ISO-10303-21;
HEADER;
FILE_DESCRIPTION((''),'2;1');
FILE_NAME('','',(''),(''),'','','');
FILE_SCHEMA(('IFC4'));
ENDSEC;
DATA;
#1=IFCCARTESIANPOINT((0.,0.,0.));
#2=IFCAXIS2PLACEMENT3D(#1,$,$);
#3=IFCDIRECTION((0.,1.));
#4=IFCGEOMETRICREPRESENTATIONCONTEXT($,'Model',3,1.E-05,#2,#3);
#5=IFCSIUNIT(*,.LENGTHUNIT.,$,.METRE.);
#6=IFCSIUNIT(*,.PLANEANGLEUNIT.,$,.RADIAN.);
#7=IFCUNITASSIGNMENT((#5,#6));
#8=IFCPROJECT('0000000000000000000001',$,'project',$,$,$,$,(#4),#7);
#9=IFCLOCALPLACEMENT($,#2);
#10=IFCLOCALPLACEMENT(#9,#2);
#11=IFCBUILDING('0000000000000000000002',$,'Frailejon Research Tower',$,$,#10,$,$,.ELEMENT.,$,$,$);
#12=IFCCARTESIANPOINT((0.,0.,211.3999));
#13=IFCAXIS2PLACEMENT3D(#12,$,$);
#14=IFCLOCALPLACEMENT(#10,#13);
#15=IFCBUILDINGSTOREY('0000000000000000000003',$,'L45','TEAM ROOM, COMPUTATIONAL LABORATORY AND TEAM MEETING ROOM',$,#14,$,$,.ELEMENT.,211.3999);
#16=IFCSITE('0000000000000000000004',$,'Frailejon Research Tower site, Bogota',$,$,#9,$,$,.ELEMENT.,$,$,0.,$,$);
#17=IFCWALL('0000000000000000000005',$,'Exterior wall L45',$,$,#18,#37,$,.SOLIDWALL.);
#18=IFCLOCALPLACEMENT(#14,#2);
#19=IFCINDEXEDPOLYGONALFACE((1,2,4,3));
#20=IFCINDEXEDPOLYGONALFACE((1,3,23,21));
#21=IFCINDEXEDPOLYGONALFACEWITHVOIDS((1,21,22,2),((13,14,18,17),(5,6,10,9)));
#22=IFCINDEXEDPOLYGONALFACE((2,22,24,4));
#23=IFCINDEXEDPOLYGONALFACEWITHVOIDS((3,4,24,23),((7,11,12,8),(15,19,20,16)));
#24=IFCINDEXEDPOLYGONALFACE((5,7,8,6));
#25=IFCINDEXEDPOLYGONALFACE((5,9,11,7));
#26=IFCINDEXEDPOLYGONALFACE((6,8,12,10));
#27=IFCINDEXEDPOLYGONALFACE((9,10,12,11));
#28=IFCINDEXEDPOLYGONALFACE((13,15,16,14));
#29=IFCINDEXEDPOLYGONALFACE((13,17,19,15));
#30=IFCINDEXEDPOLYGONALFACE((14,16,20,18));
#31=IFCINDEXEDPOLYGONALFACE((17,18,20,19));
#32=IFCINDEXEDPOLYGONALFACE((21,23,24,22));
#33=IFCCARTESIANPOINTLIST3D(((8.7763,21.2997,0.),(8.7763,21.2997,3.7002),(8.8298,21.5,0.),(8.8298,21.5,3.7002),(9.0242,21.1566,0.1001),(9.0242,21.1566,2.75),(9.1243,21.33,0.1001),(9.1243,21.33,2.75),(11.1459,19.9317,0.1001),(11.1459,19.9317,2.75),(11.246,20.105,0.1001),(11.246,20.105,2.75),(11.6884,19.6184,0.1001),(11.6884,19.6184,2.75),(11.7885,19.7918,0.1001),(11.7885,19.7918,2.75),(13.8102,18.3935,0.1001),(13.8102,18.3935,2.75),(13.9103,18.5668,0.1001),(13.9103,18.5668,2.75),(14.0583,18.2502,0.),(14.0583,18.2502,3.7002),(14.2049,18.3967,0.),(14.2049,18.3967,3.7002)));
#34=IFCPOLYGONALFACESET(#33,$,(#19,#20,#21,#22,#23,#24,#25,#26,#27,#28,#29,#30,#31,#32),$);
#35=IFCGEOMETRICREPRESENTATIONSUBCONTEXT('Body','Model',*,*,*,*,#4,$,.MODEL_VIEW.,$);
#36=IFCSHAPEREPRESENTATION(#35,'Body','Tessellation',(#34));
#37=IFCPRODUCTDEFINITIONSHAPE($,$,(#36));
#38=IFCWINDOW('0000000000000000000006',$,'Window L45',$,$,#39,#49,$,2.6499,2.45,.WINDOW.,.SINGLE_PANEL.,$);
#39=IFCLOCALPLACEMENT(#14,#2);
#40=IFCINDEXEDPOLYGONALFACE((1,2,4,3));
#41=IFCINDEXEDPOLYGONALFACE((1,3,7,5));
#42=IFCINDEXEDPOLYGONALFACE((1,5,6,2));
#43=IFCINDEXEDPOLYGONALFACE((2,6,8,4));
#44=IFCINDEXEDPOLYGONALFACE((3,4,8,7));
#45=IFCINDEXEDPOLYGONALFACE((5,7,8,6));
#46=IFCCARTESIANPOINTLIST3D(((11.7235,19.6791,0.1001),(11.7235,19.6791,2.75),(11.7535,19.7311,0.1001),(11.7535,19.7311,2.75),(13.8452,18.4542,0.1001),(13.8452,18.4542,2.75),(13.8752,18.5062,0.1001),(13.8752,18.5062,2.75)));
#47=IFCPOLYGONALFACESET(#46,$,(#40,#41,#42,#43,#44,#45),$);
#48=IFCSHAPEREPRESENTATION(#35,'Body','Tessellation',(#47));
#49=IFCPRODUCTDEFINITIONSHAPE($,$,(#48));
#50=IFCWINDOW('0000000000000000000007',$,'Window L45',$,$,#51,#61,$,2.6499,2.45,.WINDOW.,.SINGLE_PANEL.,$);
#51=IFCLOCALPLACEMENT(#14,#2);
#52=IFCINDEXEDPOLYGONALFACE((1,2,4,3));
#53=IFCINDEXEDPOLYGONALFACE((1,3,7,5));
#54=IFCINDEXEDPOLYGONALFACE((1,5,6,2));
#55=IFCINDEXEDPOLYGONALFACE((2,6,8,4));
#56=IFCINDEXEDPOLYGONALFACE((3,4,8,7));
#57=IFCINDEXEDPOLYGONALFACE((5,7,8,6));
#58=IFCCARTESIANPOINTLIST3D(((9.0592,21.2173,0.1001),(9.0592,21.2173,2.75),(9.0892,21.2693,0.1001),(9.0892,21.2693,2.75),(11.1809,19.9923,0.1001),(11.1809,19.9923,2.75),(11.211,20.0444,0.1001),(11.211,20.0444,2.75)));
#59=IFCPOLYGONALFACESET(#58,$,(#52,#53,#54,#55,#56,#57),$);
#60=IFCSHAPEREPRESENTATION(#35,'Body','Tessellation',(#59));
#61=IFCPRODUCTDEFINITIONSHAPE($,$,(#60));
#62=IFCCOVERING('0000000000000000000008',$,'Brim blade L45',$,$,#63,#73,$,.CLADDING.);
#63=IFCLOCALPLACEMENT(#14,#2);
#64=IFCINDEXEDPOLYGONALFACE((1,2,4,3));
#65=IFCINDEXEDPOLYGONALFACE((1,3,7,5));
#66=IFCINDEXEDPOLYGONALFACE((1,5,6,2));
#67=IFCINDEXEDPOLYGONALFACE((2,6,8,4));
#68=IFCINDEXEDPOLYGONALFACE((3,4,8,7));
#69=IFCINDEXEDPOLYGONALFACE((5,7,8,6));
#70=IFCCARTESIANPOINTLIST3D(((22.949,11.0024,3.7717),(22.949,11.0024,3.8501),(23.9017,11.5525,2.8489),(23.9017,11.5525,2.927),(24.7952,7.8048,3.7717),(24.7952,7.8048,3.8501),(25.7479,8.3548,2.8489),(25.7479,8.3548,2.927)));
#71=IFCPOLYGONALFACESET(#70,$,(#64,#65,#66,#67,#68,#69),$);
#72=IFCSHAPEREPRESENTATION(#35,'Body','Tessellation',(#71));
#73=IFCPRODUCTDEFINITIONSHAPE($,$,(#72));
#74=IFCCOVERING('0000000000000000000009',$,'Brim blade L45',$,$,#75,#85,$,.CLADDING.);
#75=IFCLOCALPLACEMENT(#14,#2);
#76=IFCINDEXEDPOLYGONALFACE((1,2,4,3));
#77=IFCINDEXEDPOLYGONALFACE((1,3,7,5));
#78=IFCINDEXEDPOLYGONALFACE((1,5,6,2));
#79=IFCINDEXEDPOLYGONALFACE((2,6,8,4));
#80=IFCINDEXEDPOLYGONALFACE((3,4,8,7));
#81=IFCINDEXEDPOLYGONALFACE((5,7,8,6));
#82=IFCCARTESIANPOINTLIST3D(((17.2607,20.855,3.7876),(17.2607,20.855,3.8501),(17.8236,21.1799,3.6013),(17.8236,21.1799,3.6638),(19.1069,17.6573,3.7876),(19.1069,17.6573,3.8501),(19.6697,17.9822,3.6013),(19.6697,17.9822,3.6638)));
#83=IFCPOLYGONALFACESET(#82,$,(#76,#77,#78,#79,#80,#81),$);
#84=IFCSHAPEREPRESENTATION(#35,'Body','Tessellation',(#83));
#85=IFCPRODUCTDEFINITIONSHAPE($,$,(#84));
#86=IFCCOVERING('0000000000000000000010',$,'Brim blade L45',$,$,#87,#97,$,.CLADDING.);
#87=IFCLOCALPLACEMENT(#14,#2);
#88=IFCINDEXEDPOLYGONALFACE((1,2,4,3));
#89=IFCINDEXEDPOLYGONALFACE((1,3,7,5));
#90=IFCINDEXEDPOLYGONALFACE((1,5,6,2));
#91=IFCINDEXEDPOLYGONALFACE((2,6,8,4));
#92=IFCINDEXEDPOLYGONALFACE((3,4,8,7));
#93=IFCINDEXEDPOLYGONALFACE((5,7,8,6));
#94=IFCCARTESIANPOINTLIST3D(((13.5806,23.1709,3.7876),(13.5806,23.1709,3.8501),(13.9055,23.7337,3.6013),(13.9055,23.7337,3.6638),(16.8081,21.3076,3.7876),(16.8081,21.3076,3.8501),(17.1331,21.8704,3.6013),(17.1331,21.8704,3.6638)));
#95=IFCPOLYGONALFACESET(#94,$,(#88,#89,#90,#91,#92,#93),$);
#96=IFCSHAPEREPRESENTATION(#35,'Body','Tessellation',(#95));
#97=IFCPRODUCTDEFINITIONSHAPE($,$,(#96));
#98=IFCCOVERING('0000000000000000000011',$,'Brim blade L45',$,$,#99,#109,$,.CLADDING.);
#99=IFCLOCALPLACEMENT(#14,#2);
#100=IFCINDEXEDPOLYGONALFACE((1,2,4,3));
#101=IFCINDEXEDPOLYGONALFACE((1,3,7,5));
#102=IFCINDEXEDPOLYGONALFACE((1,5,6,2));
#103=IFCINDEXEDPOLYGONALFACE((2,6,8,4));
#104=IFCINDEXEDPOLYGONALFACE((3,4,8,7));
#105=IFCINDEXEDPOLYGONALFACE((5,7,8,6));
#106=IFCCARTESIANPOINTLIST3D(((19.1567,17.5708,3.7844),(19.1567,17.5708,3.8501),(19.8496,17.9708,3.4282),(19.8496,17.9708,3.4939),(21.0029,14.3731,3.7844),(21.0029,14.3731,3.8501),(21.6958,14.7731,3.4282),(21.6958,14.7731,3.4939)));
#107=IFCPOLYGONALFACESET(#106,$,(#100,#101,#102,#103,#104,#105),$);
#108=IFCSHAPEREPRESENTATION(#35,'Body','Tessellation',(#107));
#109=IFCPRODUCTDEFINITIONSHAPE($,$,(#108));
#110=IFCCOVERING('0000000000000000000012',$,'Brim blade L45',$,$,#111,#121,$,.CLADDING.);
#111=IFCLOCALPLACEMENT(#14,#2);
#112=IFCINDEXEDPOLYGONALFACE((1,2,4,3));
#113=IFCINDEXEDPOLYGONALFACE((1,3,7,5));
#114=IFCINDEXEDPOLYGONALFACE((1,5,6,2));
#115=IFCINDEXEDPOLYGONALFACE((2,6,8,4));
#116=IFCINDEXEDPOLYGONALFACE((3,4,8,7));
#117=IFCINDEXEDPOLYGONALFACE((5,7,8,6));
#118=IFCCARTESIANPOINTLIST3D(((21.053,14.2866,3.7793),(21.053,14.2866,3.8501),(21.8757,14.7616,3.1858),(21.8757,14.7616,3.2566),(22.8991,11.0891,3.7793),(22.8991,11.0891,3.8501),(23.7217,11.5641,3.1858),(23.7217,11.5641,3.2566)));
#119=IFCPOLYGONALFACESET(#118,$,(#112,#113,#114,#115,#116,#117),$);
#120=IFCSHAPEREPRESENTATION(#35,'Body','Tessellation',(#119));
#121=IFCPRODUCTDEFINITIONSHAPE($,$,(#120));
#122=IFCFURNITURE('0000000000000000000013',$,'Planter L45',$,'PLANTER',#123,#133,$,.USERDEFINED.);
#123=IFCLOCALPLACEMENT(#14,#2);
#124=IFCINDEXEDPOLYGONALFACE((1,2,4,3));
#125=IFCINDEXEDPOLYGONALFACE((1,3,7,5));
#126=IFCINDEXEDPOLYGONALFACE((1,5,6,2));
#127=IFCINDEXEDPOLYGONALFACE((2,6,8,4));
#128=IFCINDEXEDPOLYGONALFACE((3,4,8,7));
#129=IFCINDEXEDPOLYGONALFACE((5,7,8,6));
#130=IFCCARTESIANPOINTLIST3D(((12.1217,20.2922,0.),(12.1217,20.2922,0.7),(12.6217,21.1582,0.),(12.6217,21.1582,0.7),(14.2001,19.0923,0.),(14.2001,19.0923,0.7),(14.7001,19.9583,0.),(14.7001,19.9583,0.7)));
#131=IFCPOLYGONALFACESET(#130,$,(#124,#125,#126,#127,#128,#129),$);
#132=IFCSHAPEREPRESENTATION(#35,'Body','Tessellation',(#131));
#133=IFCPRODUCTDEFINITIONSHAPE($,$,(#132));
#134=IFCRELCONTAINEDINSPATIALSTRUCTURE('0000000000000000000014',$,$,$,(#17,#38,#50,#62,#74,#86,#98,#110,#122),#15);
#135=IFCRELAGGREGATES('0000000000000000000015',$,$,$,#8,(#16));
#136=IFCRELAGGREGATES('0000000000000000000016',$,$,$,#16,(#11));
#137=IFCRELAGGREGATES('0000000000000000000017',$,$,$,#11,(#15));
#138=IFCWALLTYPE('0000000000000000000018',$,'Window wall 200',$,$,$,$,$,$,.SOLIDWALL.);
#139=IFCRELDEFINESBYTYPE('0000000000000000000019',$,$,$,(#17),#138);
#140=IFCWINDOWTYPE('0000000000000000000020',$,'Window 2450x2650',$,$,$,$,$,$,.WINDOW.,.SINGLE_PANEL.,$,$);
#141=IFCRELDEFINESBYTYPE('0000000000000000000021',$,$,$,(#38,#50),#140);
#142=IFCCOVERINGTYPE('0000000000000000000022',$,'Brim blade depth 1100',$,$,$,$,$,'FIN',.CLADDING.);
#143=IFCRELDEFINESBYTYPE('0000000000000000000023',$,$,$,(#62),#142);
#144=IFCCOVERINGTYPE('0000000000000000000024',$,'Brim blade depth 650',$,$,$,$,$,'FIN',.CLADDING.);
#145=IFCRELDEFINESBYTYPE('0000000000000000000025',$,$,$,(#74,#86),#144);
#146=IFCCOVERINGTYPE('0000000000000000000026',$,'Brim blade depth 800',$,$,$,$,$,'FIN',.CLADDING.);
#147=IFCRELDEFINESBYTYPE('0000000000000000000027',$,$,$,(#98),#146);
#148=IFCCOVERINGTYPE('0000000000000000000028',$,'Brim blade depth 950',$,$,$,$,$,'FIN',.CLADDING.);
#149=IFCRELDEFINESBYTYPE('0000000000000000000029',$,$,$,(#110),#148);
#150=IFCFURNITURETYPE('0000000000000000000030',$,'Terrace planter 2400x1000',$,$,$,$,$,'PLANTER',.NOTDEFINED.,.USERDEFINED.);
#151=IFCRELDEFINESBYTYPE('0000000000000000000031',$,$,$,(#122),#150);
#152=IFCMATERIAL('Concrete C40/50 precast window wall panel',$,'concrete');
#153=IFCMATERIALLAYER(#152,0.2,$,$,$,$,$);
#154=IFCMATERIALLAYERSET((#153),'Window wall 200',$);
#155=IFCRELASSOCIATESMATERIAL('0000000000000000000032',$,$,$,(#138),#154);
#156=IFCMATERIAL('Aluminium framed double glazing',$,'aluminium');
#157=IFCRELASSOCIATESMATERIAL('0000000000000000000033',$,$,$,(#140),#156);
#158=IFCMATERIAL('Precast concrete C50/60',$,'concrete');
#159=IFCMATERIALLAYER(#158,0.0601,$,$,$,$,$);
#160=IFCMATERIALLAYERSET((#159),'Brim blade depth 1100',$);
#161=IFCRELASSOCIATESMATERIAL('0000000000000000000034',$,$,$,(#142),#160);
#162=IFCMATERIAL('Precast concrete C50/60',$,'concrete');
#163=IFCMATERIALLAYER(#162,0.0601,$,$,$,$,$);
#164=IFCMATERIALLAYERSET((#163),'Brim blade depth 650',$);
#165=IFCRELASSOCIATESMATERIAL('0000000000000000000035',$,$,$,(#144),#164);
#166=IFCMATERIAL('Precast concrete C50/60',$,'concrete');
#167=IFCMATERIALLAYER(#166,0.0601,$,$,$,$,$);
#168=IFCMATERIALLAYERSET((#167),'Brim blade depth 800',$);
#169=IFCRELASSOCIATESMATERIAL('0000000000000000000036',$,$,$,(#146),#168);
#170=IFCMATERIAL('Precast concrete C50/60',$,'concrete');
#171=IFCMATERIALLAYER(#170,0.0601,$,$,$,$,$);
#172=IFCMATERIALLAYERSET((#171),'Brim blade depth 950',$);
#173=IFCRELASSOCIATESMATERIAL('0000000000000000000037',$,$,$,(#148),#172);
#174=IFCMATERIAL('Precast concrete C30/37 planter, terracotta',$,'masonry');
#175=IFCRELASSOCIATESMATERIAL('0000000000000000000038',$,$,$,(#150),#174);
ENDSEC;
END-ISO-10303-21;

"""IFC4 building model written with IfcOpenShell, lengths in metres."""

from ifc_helpers import new_model, si_unit, direction, frame, frame_2d, origin, origin_2d, place, context, subcontext, project, spatial, polyline, rectangle, outline, extrude, material, layer, layer_set, type_object, element, fill, save


model = new_model("IFC4")

# Units and contexts
model_context = context("Model", 3, precision=1e-05, world=origin(), true_north=direction((0.0, 1.0)))
body_context = subcontext(model_context, "Body", "Model", "MODEL_VIEW")
ifc_project = project(units=[si_unit("LENGTHUNIT", "METRE"), si_unit("PLANEANGLEUNIT", "RADIAN")], contexts=[model_context])

# Site, building, storey
site_placement = place(None, origin())
site = spatial("IfcSite", under=ifc_project, at=site_placement, Name="Frailejon Research Tower site, Bogota", CompositionType="ELEMENT", RefElevation=0.0)
building_placement = place(site_placement, origin())
building = spatial("IfcBuilding", under=site, at=building_placement, Name="Frailejon Research Tower", CompositionType="ELEMENT")
storey_placement = place(building_placement, frame((0.0, 0.0, 211.3999)))
storey = spatial("IfcBuildingStorey", under=building, at=storey_placement, Name="L45", Description="TEAM ROOM, COMPUTATIONAL LABORATORY AND TEAM MEETING ROOM", CompositionType="ELEMENT", Elevation=211.3999)

# Wall, openings, windows
ifc_material_1 = material(Name="Concrete C40/50 precast window wall panel", Category="concrete")
ifc_layer_1 = layer(ifc_material_1, 0.2)
ifc_layer_set_1 = layer_set([ifc_layer_1], Name="Window wall 200")
wall_type = type_object("IfcWallType", Name="Window wall 200", PredefinedType="SOLIDWALL", material=ifc_layer_set_1)
wall_placement = place(storey_placement, frame((14.1316, 18.3235, 0.0), z_axis=(0.0, 0.0, 1.0), x_axis=(-0.86603, 0.499993, 0.0)))
wall = element("IfcWall", 1, at=wall_placement, inside=storey, type_object=wall_type, Name="Exterior wall L45", PredefinedType="SOLIDWALL", context=body_context, shape_type="SweptSolid", body=[
    extrude(outline(polyline([(-0.0269, -0.1001), (1.0076, -0.1001), (2.042, -0.1001), (3.0764, -0.1001), (4.1108, -0.1001), (5.1453, -0.1001), (6.1797, -0.1001), (6.126, 0.1001), (5.1094, 0.1001), (4.093, 0.1001), (3.0764, 0.1001), (2.0598, 0.1001), (1.0435, 0.1001), (0.0269, 0.1001), (-0.0269, -0.1001)])), origin(), (0.0, 0.0, 1.0), 3.7002),
])
opening_1_placement = place(wall_placement, frame((0.3132, 0.0, 0.1001)))
opening_1 = element("IfcOpeningElement", 2, at=opening_1_placement, cuts=wall, PredefinedType="OPENING", context=body_context, shape_type="SweptSolid", body=[
    extrude(rectangle(XDim=2.45, YDim=2.6499, at=frame_2d((1.2251, 1.325))), frame((0.0, 0.1099, 0.0), z_axis=(0.0, -1.0, 0.0), x_axis=(1.0, 0.0, 0.0)), (0.0, 0.0, 1.0), 0.22),
])
opening_2_placement = place(wall_placement, frame((3.3896, 0.0, 0.1001)))
opening_2 = element("IfcOpeningElement", 3, at=opening_2_placement, cuts=wall, PredefinedType="OPENING", context=body_context, shape_type="SweptSolid", body=[
    extrude(rectangle(XDim=2.45, YDim=2.6499, at=frame_2d((1.2251, 1.325))), frame((0.0, 0.1099, 0.0), z_axis=(0.0, -1.0, 0.0), x_axis=(1.0, 0.0, 0.0)), (0.0, 0.0, 1.0), 0.22),
])
ifc_material_2 = material(Name="Aluminium framed double glazing", Category="aluminium")
window_type = type_object("IfcWindowType", Name="Window 2450x2650", PartitioningType="SINGLE_PANEL", PredefinedType="WINDOW", material=ifc_material_2)
window_1_placement = place(opening_1_placement, origin())
window_1 = element("IfcWindow", 4, at=window_1_placement, inside=storey, type_object=window_type, Name="Window L45", OverallHeight=2.6499, OverallWidth=2.45, PartitioningType="SINGLE_PANEL", PredefinedType="WINDOW", context=body_context, shape_type="SweptSolid", body=[
    extrude(rectangle(XDim=2.45, YDim=2.6499, at=frame_2d((1.2251, 1.325))), frame((0.0, 0.03, 0.0), z_axis=(0.0, -1.0, 0.0), x_axis=(1.0, 0.0, 0.0)), (0.0, 0.0, 1.0), 0.0601),
])
fill(opening_1, window_1)
window_2_placement = place(opening_2_placement, origin())
window_2 = element("IfcWindow", 5, at=window_2_placement, inside=storey, type_object=window_type, Name="Window L45", OverallHeight=2.6499, OverallWidth=2.45, PartitioningType="SINGLE_PANEL", PredefinedType="WINDOW", context=body_context, shape_type="SweptSolid", body=[
    extrude(rectangle(XDim=2.45, YDim=2.6499, at=frame_2d((1.2251, 1.325))), frame((0.0, 0.03, 0.0), z_axis=(0.0, -1.0, 0.0), x_axis=(1.0, 0.0, 0.0)), (0.0, 0.0, 1.0), 0.0601),
])
fill(opening_2, window_2)

# Coverings
ifc_material_3 = material(Name="Precast concrete C50/60", Category="concrete")
ifc_layer_2 = layer(ifc_material_3, 0.0601)
ifc_layer_set_2 = layer_set([ifc_layer_2], Name="Brim blade depth 1100")
covering_type_1 = type_object("IfcCoveringType", Name="Brim blade depth 1100", ElementType="FIN", PredefinedType="CLADDING", material=ifc_layer_set_2)
covering_1_placement = place(storey_placement, frame((22.949, 11.0024, 3.8501), z_axis=(0.500013, -0.866018, 0.0), x_axis=(0.866018, 0.500013, 0.0)))
element("IfcCovering", 6, at=covering_1_placement, inside=storey, type_object=covering_type_1, Name="Brim blade L45", PredefinedType="CLADDING", context=body_context, shape_type="SweptSolid", body=[
    extrude(outline(polyline([(0.0, -0.0784), (1.1001, -1.0012), (1.1001, -0.9231), (0.0, 0.0), (0.0, -0.0784)])), origin(), (0.0, 0.0, 1.0), 3.6924),
])
ifc_material_4 = material(Name="Precast concrete C50/60", Category="concrete")
ifc_layer_3 = layer(ifc_material_4, 0.0601)
ifc_layer_set_3 = layer_set([ifc_layer_3], Name="Brim blade depth 650")
covering_type_2 = type_object("IfcCoveringType", Name="Brim blade depth 650", ElementType="FIN", PredefinedType="CLADDING", material=ifc_layer_set_3)
covering_2_placement = place(storey_placement, frame((17.2607, 20.855, 3.8501), z_axis=(0.499993, -0.866029, 0.0), x_axis=(0.866029, 0.499993, 0.0)))
element("IfcCovering", 7, at=covering_2_placement, inside=storey, type_object=covering_type_2, Name="Brim blade L45", PredefinedType="CLADDING", context=body_context, shape_type="SweptSolid", body=[
    extrude(outline(polyline([(0.0, -0.0625), (0.6499, -0.2488), (0.6499, -0.1863), (0.0, 0.0), (0.0, -0.0625)])), origin(), (0.0, 0.0, 1.0), 3.6924),
])
covering_3_placement = place(storey_placement, frame((13.5806, 23.1709, 3.8501), z_axis=(0.866036, -0.499981, 0.0), x_axis=(0.499981, 0.866036, 0.0)))
element("IfcCovering", 8, at=covering_3_placement, inside=storey, type_object=covering_type_2, Name="Brim blade L45", PredefinedType="CLADDING", context=body_context, shape_type="SweptSolid", body=[
    extrude(outline(polyline([(0.0, -0.0625), (0.6499, -0.2488), (0.6499, -0.1863), (0.0, 0.0), (0.0, -0.0625)])), origin(), (0.0, 0.0, 1.0), 3.7268),
])
ifc_material_5 = material(Name="Precast concrete C50/60", Category="concrete")
ifc_layer_4 = layer(ifc_material_5, 0.0601)
ifc_layer_set_4 = layer_set([ifc_layer_4], Name="Brim blade depth 800")
covering_type_3 = type_object("IfcCoveringType", Name="Brim blade depth 800", ElementType="FIN", PredefinedType="CLADDING", material=ifc_layer_set_4)
covering_4_placement = place(storey_placement, frame((19.1567, 17.5708, 3.8501), z_axis=(0.499993, -0.866029, 0.0), x_axis=(0.866029, 0.499993, 0.0)))
element("IfcCovering", 9, at=covering_4_placement, inside=storey, type_object=covering_type_3, Name="Brim blade L45", PredefinedType="CLADDING", context=body_context, shape_type="SweptSolid", body=[
    extrude(outline(polyline([(0.0, -0.0657), (0.8, -0.4219), (0.8, -0.3562), (0.0, 0.0), (0.0, -0.0657)])), origin(), (0.0, 0.0, 1.0), 3.6924),
])
ifc_material_6 = material(Name="Precast concrete C50/60", Category="concrete")
ifc_layer_5 = layer(ifc_material_6, 0.0601)
ifc_layer_set_5 = layer_set([ifc_layer_5], Name="Brim blade depth 950")
covering_type_4 = type_object("IfcCoveringType", Name="Brim blade depth 950", ElementType="FIN", PredefinedType="CLADDING", material=ifc_layer_set_5)
covering_5_placement = place(storey_placement, frame((21.053, 14.2866, 3.8501), z_axis=(0.500005, -0.866023, 0.0), x_axis=(0.866023, 0.500005, 0.0)))
element("IfcCovering", 10, at=covering_5_placement, inside=storey, type_object=covering_type_4, Name="Brim blade L45", PredefinedType="CLADDING", context=body_context, shape_type="SweptSolid", body=[
    extrude(outline(polyline([(0.0, -0.0708), (0.95, -0.6643), (0.95, -0.5935), (0.0, 0.0), (0.0, -0.0708)])), origin(), (0.0, 0.0, 1.0), 3.6921),
])

# Furniture
ifc_material_7 = material(Name="Precast concrete C30/37 planter, terracotta", Category="masonry")
furniture_type = type_object("IfcFurnitureType", Name="Terrace planter 2400x1000", ElementType="PLANTER", AssemblyPlace="NOTDEFINED", PredefinedType="USERDEFINED", material=ifc_material_7)
furniture_placement = place(storey_placement, frame((13.4109, 20.1252, 0.0), z_axis=(0.0, 0.0, 1.0), x_axis=(-0.866025, 0.5, 0.0)))
element("IfcFurniture", 11, at=furniture_placement, inside=storey, type_object=furniture_type, Name="Planter L45", ObjectType="PLANTER", PredefinedType="USERDEFINED", context=body_context, shape_type="SweptSolid", body=[
    extrude(rectangle(XDim=2.3999, YDim=1.0, at=origin_2d()), origin(), (0.0, 0.0, 1.0), 0.7),
])

save(model, "model.ifc")
